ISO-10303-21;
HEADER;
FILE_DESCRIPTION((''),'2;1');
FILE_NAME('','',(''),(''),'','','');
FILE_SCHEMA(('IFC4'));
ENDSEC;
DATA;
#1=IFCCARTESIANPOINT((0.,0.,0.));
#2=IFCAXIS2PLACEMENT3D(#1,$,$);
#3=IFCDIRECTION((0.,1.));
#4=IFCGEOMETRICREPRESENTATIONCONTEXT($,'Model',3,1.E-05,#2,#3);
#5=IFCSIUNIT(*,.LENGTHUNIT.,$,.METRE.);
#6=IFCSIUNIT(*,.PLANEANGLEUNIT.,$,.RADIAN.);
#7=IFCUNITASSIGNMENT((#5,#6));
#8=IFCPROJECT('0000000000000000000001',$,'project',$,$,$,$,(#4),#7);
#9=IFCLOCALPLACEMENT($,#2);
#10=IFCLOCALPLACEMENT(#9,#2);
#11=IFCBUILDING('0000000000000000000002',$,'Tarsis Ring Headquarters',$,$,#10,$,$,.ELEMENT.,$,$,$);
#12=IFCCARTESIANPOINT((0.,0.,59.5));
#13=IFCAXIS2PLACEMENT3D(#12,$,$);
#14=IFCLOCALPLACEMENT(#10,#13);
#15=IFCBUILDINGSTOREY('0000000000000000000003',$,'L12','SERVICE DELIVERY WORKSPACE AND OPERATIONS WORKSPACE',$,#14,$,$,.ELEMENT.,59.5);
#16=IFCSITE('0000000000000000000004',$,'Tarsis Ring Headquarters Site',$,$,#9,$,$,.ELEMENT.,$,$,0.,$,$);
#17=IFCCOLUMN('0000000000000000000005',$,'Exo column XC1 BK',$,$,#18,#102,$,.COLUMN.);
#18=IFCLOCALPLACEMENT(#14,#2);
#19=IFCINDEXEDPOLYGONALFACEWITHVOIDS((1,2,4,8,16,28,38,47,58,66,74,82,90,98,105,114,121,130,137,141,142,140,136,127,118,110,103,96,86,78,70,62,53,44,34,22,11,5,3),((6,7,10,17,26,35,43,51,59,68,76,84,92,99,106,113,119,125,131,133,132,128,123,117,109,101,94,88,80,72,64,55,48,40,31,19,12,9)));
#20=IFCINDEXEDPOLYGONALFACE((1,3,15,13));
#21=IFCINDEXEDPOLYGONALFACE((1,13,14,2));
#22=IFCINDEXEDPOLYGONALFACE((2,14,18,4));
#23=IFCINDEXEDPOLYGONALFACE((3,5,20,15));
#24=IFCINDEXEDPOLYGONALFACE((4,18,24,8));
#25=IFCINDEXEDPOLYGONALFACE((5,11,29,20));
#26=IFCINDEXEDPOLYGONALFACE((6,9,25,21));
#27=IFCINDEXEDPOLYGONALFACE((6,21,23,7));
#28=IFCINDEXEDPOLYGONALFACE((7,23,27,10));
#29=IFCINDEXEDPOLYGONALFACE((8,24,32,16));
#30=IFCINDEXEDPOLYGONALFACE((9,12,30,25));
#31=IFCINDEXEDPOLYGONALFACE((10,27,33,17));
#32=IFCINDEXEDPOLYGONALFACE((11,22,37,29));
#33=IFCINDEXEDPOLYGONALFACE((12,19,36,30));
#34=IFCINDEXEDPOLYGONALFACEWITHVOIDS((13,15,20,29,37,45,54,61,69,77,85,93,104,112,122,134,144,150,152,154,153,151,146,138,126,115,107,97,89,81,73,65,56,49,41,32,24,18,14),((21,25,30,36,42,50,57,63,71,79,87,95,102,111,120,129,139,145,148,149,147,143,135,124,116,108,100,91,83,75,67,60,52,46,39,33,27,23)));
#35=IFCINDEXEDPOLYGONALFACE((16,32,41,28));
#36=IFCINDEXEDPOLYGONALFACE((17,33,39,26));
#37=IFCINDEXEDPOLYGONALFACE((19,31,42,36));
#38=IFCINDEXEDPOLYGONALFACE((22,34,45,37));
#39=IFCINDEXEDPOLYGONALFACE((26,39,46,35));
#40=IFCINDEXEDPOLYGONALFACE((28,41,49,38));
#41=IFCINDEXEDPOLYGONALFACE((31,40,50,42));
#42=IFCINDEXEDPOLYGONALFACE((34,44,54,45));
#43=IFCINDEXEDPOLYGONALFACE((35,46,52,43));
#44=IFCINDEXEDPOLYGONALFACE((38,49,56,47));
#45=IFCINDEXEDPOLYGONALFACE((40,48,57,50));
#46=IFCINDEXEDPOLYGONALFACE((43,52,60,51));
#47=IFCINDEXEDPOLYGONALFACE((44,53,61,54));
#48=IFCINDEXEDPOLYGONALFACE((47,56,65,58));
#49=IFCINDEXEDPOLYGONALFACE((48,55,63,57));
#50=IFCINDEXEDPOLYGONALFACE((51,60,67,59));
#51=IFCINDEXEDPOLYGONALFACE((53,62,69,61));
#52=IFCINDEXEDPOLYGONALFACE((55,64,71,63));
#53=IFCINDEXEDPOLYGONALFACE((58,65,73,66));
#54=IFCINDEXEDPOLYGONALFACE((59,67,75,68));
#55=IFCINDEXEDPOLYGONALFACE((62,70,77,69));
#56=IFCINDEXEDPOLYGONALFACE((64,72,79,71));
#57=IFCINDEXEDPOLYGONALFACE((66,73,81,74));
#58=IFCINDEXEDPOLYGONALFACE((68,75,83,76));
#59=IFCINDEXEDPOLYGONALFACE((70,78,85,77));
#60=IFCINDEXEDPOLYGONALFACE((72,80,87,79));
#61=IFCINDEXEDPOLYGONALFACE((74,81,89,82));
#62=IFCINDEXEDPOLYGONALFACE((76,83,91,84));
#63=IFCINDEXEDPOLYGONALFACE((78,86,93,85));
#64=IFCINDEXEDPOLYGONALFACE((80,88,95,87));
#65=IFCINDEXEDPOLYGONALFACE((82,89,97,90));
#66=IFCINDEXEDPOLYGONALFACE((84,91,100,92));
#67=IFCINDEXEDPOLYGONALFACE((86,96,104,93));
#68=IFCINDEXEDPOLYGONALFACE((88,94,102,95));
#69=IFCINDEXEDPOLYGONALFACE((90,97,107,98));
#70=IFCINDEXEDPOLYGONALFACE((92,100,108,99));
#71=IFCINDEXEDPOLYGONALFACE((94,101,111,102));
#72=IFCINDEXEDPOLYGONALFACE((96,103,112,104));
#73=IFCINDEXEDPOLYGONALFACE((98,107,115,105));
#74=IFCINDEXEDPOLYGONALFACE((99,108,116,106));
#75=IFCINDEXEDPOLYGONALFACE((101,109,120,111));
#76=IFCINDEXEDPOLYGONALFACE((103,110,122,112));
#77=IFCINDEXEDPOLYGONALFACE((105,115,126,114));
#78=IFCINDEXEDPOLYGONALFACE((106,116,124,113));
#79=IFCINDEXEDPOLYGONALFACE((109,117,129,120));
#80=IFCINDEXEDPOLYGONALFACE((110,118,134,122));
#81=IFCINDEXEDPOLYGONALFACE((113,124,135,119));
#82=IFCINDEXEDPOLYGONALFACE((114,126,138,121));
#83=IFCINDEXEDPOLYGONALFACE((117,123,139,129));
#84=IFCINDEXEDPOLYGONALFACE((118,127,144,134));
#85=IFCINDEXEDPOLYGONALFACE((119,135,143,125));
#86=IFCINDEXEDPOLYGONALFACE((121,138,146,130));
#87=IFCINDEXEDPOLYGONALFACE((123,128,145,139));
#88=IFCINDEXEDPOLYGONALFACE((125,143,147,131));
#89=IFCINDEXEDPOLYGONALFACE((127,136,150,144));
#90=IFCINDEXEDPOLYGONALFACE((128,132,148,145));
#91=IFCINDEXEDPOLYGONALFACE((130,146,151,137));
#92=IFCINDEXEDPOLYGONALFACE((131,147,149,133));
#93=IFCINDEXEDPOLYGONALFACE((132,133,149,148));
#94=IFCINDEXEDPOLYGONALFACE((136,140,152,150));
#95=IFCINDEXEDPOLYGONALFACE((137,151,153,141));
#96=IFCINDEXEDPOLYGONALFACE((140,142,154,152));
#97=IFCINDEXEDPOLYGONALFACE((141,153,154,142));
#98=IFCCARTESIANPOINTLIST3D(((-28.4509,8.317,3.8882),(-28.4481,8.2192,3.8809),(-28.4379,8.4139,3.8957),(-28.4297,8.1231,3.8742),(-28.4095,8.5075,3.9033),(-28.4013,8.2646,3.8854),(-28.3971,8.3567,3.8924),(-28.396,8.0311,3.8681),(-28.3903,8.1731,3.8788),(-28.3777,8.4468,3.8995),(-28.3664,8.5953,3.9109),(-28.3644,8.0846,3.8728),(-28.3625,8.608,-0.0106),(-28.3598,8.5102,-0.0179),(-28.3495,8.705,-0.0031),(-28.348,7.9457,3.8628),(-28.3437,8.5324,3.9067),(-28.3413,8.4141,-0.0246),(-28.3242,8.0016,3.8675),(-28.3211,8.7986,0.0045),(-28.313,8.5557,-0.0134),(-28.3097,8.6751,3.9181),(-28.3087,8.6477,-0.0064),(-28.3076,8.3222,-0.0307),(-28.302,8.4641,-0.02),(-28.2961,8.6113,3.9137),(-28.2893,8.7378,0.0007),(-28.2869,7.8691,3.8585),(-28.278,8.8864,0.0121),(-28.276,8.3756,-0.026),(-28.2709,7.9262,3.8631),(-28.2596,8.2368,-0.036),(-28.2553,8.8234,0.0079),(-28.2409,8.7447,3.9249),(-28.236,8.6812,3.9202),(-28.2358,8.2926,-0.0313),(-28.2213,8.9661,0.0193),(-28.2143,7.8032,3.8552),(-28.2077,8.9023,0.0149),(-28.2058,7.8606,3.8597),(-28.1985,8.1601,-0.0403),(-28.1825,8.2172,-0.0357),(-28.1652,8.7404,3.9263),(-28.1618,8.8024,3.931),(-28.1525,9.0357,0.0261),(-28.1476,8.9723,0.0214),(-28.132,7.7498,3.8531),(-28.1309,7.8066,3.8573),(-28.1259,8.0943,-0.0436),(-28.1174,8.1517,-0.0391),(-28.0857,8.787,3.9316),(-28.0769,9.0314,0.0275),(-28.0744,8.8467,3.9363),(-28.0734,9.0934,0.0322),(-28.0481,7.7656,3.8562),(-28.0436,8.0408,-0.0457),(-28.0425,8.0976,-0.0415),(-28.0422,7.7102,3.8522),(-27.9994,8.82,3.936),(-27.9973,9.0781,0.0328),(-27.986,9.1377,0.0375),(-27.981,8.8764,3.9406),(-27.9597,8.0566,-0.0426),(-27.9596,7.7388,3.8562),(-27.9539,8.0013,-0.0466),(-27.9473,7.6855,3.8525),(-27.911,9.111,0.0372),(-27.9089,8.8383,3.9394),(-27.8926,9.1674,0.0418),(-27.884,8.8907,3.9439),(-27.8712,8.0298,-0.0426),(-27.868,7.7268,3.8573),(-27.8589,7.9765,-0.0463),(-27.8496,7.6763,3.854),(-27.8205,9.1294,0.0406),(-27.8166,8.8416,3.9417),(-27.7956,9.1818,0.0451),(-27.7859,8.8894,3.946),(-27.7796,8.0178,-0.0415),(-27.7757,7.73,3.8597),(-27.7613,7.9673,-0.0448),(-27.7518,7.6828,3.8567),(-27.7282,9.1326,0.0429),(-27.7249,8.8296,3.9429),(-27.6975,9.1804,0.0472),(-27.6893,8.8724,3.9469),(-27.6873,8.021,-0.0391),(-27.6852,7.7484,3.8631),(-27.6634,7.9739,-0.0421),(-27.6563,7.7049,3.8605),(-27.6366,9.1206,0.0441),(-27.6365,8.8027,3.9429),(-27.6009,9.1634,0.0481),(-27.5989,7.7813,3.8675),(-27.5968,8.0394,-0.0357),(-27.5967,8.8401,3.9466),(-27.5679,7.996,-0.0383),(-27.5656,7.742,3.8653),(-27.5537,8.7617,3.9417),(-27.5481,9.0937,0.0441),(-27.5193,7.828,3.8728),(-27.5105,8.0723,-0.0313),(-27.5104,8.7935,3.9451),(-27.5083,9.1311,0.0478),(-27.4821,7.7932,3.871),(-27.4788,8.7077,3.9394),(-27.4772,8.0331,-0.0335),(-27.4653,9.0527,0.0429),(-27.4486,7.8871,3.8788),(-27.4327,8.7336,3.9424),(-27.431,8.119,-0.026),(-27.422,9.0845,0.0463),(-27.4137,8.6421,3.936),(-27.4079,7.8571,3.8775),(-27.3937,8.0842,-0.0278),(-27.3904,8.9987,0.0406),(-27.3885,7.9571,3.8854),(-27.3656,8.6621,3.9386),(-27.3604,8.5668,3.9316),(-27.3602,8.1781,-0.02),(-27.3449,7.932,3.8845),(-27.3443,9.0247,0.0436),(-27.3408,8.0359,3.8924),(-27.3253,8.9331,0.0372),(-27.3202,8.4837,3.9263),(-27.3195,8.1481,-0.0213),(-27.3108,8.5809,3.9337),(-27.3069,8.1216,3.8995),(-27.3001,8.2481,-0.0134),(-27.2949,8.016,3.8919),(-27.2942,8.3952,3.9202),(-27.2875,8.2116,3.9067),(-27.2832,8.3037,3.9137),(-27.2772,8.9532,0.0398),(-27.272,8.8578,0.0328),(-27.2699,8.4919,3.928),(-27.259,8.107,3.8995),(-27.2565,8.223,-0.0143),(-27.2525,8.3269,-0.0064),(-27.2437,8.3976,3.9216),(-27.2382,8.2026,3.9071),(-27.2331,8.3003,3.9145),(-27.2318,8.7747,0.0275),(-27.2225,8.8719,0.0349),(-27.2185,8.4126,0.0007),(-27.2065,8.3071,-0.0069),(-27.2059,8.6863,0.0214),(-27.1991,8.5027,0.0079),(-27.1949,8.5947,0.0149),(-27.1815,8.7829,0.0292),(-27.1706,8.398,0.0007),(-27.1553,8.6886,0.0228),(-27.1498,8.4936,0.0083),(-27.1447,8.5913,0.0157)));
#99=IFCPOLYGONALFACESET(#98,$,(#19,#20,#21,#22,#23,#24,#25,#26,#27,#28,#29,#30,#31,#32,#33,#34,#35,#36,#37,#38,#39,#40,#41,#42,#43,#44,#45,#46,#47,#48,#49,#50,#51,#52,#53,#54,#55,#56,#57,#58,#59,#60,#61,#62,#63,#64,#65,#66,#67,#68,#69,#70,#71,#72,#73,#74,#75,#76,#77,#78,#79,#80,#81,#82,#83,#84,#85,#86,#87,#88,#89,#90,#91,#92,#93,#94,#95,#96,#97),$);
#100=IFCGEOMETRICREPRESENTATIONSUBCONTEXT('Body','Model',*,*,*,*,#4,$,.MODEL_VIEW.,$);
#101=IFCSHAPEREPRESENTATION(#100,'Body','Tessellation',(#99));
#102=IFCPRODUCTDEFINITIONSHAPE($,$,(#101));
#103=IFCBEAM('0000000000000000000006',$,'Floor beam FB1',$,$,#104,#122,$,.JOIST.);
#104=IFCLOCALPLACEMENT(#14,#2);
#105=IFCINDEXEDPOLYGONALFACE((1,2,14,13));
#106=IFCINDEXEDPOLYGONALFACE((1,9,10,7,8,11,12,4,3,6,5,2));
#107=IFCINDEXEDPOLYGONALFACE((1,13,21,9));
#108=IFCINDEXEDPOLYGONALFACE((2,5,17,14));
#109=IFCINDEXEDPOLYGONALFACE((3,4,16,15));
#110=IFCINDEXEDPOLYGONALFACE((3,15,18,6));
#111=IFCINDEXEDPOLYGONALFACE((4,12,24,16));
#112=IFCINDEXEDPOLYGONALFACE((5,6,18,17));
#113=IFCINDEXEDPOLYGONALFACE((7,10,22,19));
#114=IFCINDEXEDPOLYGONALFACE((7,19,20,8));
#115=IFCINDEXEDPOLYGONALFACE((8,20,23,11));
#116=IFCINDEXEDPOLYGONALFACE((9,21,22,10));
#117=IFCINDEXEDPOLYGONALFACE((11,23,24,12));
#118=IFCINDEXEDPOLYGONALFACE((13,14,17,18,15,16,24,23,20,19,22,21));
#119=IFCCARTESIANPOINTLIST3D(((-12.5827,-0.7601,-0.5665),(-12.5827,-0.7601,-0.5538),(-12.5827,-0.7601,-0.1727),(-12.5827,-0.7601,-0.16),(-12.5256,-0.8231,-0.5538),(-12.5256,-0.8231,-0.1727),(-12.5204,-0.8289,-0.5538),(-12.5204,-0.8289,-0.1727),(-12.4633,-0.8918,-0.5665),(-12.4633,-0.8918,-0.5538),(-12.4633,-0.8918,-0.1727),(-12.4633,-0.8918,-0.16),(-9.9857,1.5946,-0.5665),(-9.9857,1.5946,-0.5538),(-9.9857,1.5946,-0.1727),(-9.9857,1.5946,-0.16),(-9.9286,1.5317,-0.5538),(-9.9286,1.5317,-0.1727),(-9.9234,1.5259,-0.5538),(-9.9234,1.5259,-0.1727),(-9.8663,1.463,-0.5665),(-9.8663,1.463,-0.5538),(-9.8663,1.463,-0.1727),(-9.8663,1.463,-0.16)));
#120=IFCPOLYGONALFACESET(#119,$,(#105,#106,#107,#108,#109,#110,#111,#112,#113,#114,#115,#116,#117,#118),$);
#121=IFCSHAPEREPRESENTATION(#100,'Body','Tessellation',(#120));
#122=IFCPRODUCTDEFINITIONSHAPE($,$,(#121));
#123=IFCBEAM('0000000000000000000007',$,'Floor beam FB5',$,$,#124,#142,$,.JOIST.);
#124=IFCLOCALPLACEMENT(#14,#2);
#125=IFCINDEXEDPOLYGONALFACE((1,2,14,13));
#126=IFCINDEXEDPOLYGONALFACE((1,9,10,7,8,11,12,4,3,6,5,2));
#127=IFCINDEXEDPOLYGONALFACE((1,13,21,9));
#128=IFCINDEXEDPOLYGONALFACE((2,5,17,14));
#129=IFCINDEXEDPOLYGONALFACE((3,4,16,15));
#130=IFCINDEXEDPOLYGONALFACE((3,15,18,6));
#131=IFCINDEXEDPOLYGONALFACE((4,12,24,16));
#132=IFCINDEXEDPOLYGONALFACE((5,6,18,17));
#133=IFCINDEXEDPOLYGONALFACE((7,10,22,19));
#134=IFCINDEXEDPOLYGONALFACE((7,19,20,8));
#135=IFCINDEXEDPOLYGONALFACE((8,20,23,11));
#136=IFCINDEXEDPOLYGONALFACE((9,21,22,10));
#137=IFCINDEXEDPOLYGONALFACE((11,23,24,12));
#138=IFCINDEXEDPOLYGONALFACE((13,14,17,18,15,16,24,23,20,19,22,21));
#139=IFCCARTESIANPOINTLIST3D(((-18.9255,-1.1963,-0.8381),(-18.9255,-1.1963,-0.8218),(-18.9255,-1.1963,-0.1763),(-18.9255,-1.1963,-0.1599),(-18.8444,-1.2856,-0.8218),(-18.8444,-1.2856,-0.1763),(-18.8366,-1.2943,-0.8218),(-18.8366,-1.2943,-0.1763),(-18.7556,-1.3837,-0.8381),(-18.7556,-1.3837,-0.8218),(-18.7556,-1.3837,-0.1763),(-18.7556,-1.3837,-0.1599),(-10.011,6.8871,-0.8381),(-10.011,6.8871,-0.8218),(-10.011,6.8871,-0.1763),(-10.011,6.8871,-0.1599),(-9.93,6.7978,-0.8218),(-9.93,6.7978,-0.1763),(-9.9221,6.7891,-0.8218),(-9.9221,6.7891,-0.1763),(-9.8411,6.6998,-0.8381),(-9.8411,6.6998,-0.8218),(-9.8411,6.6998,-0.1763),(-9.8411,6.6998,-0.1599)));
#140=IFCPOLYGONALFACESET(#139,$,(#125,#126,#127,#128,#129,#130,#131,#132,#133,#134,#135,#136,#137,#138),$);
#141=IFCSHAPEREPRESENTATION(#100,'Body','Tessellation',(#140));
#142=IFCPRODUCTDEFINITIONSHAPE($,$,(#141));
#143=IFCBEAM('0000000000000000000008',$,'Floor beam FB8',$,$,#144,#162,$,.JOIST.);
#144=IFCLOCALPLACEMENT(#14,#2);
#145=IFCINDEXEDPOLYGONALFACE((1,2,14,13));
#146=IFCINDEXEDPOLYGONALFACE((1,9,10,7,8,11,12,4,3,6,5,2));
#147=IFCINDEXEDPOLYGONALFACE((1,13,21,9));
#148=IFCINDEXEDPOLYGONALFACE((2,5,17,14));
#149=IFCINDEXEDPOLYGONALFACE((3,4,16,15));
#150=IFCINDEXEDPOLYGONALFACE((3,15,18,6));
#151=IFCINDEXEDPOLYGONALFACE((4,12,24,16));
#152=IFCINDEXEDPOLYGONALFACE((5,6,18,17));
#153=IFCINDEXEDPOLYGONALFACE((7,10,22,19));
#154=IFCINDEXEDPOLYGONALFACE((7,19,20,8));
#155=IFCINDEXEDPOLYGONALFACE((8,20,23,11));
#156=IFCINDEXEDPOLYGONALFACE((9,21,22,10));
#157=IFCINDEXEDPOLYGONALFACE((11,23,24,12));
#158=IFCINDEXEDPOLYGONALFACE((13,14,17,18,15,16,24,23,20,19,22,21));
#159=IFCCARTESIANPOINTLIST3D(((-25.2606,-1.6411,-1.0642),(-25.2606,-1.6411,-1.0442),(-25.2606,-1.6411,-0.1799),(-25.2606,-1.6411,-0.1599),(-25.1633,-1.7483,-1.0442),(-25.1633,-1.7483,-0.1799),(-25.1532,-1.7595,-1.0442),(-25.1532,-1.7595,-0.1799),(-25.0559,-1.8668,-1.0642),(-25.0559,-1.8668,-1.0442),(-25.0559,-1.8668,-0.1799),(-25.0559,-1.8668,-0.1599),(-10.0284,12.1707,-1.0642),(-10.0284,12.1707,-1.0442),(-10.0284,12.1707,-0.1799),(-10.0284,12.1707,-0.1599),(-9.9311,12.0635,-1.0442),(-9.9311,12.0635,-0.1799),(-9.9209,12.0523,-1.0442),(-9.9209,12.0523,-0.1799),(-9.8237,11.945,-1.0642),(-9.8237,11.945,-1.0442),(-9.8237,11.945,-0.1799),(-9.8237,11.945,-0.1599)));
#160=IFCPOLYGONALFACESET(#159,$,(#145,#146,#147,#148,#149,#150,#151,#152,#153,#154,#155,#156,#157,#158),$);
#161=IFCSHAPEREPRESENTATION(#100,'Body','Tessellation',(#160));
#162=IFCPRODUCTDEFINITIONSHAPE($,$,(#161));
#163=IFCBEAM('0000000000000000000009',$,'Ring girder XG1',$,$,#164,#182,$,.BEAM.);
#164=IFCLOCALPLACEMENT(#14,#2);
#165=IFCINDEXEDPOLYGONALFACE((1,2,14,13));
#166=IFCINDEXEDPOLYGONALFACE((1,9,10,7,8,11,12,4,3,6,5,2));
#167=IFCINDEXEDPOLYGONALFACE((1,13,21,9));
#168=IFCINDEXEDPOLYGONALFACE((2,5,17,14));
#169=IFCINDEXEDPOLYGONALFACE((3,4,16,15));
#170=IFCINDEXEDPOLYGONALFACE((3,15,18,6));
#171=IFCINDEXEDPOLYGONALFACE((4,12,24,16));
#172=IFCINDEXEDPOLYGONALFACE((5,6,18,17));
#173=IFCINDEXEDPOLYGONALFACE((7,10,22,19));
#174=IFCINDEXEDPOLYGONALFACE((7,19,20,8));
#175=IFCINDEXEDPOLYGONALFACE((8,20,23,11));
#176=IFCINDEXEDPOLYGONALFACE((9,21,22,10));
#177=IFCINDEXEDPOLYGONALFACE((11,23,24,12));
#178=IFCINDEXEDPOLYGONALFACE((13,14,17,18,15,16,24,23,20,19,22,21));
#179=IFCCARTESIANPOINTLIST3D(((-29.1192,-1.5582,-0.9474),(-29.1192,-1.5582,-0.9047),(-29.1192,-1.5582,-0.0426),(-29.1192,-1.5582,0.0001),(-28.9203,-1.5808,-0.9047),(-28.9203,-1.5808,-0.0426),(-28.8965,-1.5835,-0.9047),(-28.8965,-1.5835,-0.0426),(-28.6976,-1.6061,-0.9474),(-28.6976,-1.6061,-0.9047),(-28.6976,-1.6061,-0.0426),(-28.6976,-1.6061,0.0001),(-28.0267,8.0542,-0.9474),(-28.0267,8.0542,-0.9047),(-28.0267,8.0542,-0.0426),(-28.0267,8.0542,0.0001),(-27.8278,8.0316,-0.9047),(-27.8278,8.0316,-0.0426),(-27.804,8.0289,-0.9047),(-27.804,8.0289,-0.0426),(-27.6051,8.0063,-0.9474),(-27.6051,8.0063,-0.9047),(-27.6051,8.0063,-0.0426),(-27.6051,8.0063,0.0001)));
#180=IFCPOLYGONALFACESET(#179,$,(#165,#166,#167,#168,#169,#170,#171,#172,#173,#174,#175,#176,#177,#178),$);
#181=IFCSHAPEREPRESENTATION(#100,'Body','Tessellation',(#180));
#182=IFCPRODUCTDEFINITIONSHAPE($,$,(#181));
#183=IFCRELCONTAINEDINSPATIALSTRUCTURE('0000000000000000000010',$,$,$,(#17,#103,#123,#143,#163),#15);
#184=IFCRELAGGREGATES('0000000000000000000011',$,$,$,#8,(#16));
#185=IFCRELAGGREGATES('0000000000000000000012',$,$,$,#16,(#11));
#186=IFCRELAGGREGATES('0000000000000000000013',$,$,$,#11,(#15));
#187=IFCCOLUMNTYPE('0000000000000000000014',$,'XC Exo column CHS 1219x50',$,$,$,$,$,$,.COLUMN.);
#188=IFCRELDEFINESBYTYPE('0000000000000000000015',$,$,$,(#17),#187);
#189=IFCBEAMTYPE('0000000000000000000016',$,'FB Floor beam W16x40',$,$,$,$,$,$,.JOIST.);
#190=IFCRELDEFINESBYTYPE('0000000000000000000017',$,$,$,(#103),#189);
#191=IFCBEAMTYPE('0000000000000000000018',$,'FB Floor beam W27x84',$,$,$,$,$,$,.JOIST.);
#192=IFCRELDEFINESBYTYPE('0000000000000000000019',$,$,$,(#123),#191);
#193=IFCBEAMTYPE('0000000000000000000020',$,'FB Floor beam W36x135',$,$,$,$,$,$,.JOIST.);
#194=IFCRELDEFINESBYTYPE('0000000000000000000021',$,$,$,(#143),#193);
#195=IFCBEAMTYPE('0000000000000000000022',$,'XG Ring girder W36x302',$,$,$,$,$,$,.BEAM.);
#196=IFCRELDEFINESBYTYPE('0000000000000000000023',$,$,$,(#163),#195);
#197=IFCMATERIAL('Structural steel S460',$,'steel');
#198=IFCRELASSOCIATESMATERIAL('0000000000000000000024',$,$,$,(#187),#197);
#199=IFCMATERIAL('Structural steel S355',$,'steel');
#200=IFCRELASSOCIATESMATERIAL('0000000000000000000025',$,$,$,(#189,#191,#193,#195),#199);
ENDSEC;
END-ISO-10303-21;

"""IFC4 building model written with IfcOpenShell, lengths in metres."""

from ifc_helpers import new_model, si_unit, direction, frame, origin, origin_2d, place, context, subcontext, project, spatial, hollow_circle, i_section, extrude, material, material_profile, profile_set, type_object, element, save


model = new_model("IFC4")

# Units and contexts
model_context = context("Model", 3, precision=1e-05, world=origin(), true_north=direction((0.0, 1.0)))
body_context = subcontext(model_context, "Body", "Model", "MODEL_VIEW")
ifc_project = project(units=[si_unit("LENGTHUNIT", "METRE"), si_unit("PLANEANGLEUNIT", "RADIAN")], contexts=[model_context])

# Site, building, storey
site_placement = place(None, origin())
site = spatial("IfcSite", under=ifc_project, at=site_placement, Name="Tarsis Ring Headquarters Site", CompositionType="ELEMENT", RefElevation=0.0)
building_placement = place(site_placement, origin())
building = spatial("IfcBuilding", under=site, at=building_placement, Name="Tarsis Ring Headquarters", CompositionType="ELEMENT")
storey_placement = place(building_placement, frame((0.0, 0.0, 59.5)))
storey = spatial("IfcBuildingStorey", under=building, at=storey_placement, Name="L12", Description="SERVICE DELIVERY WORKSPACE AND OPERATIONS WORKSPACE", CompositionType="ELEMENT", Elevation=59.5)

# Column
ifc_material_1 = material(Name="Structural steel S460", Category="steel")
ifc_material_profile_1 = material_profile(ifc_material_1, hollow_circle(Radius=0.6096, WallThickness=0.05, at=origin_2d()), Name="CHS 1219x50")
ifc_profile_set_1 = profile_set([ifc_material_profile_1], Name="Structural steel S460")
column_type = type_object("IfcColumnType", Name="XC Exo column CHS 1219x50", PredefinedType="COLUMN", material=ifc_profile_set_1)
column_placement = place(storey_placement, frame((-27.7539, 8.5752, 0.0007), z_axis=(-0.0226, -0.074419, 0.996971), x_axis=(0.956849, -0.290587, 0.0)))
element("IfcColumn", 1, at=column_placement, inside=storey, type_object=column_type, Name="Exo column XC1 BK", PredefinedType="COLUMN", context=body_context, shape_type="SweptSolid", body=[
    extrude(hollow_circle(Radius=0.6096, WallThickness=0.05, at=origin_2d()), origin(), (0.0, 0.0, 1.0), 3.9106),
])

# Beams
ifc_material_2 = material(Name="Structural steel S355", Category="steel")
ifc_material_profile_2 = material_profile(ifc_material_2, i_section(OverallWidth=0.1777, OverallDepth=0.4065, WebThickness=0.0078, FlangeThickness=0.0127, at=origin_2d()), Name="W16x40")
ifc_profile_set_2 = profile_set([ifc_material_profile_2], Name="Structural steel S355")
beam_type_1 = type_object("IfcBeamType", Name="FB Floor beam W16x40", PredefinedType="JOIST", material=ifc_profile_set_2)
beam_1_placement = place(storey_placement, frame((-9.926, 1.5288, -0.3633), z_axis=(-0.740806, -0.671719, 0.0), x_axis=(0.671719, -0.740806, 0.0)))
element("IfcBeam", 2, at=beam_1_placement, inside=storey, type_object=beam_type_1, Name="Floor beam FB1", PredefinedType="JOIST", context=body_context, shape_type="SweptSolid", body=[
    extrude(i_section(OverallWidth=0.1777, OverallDepth=0.4065, WebThickness=0.0078, FlangeThickness=0.0127, at=origin_2d()), origin(), (0.0, 0.0, 1.0), 3.5056),
])
ifc_material_profile_3 = material_profile(ifc_material_2, i_section(OverallWidth=0.2529, OverallDepth=0.6782, WebThickness=0.0117, FlangeThickness=0.0164, at=origin_2d()), Name="W27x84")
ifc_profile_set_3 = profile_set([ifc_material_profile_3], Name="Structural steel S355")
beam_type_2 = type_object("IfcBeamType", Name="FB Floor beam W27x84", PredefinedType="JOIST", material=ifc_profile_set_3)
beam_2_placement = place(storey_placement, frame((-9.926, 6.7935, -0.499), z_axis=(-0.740793, -0.671733, 0.0), x_axis=(0.671733, -0.740793, 0.0)))
element("IfcBeam", 3, at=beam_2_placement, inside=storey, type_object=beam_type_2, Name="Floor beam FB5", PredefinedType="JOIST", context=body_context, shape_type="SweptSolid", body=[
    extrude(i_section(OverallWidth=0.2529, OverallDepth=0.6782, WebThickness=0.0117, FlangeThickness=0.0164, at=origin_2d()), origin(), (0.0, 0.0, 1.0), 12.0337),
])
ifc_material_profile_4 = material_profile(ifc_material_2, i_section(OverallWidth=0.3047, OverallDepth=0.9043, WebThickness=0.0151, FlangeThickness=0.02, at=origin_2d()), Name="W36x135")
ifc_profile_set_4 = profile_set([ifc_material_profile_4], Name="Structural steel S355")
beam_type_3 = type_object("IfcBeamType", Name="FB Floor beam W36x135", PredefinedType="JOIST", material=ifc_profile_set_4)
beam_3_placement = place(storey_placement, frame((-9.926, 12.0579, -0.6121), z_axis=(-0.740803, -0.671723, 0.0), x_axis=(0.671723, -0.740803, 0.0)))
element("IfcBeam", 4, at=beam_3_placement, inside=storey, type_object=beam_type_3, Name="Floor beam FB8", PredefinedType="JOIST", context=body_context, shape_type="SweptSolid", body=[
    extrude(i_section(OverallWidth=0.3047, OverallDepth=0.9043, WebThickness=0.0151, FlangeThickness=0.02, at=origin_2d()), origin(), (0.0, 0.0, 1.0), 20.5618),
])
ifc_material_profile_5 = material_profile(ifc_material_2, i_section(OverallWidth=0.4243, OverallDepth=0.9475, WebThickness=0.0239, FlangeThickness=0.0427, at=origin_2d()), Name="W36x302")
ifc_profile_set_5 = profile_set([ifc_material_profile_5], Name="Structural steel S355")
beam_type_4 = type_object("IfcBeamType", Name="XG Ring girder W36x302", PredefinedType="BEAM", material=ifc_profile_set_5)
beam_4_placement = place(storey_placement, frame((-27.8159, 8.0303, -0.4736), z_axis=(-0.11293, -0.993603, 0.0), x_axis=(0.993603, -0.11293, 0.0)))
element("IfcBeam", 5, at=beam_4_placement, inside=storey, type_object=beam_type_4, Name="Ring girder XG1", PredefinedType="BEAM", context=body_context, shape_type="SweptSolid", body=[
    extrude(i_section(OverallWidth=0.4243, OverallDepth=0.9475, WebThickness=0.0239, FlangeThickness=0.0427, at=origin_2d()), origin(), (0.0, 0.0, 1.0), 9.6743),
])

save(model, "model.ifc")
